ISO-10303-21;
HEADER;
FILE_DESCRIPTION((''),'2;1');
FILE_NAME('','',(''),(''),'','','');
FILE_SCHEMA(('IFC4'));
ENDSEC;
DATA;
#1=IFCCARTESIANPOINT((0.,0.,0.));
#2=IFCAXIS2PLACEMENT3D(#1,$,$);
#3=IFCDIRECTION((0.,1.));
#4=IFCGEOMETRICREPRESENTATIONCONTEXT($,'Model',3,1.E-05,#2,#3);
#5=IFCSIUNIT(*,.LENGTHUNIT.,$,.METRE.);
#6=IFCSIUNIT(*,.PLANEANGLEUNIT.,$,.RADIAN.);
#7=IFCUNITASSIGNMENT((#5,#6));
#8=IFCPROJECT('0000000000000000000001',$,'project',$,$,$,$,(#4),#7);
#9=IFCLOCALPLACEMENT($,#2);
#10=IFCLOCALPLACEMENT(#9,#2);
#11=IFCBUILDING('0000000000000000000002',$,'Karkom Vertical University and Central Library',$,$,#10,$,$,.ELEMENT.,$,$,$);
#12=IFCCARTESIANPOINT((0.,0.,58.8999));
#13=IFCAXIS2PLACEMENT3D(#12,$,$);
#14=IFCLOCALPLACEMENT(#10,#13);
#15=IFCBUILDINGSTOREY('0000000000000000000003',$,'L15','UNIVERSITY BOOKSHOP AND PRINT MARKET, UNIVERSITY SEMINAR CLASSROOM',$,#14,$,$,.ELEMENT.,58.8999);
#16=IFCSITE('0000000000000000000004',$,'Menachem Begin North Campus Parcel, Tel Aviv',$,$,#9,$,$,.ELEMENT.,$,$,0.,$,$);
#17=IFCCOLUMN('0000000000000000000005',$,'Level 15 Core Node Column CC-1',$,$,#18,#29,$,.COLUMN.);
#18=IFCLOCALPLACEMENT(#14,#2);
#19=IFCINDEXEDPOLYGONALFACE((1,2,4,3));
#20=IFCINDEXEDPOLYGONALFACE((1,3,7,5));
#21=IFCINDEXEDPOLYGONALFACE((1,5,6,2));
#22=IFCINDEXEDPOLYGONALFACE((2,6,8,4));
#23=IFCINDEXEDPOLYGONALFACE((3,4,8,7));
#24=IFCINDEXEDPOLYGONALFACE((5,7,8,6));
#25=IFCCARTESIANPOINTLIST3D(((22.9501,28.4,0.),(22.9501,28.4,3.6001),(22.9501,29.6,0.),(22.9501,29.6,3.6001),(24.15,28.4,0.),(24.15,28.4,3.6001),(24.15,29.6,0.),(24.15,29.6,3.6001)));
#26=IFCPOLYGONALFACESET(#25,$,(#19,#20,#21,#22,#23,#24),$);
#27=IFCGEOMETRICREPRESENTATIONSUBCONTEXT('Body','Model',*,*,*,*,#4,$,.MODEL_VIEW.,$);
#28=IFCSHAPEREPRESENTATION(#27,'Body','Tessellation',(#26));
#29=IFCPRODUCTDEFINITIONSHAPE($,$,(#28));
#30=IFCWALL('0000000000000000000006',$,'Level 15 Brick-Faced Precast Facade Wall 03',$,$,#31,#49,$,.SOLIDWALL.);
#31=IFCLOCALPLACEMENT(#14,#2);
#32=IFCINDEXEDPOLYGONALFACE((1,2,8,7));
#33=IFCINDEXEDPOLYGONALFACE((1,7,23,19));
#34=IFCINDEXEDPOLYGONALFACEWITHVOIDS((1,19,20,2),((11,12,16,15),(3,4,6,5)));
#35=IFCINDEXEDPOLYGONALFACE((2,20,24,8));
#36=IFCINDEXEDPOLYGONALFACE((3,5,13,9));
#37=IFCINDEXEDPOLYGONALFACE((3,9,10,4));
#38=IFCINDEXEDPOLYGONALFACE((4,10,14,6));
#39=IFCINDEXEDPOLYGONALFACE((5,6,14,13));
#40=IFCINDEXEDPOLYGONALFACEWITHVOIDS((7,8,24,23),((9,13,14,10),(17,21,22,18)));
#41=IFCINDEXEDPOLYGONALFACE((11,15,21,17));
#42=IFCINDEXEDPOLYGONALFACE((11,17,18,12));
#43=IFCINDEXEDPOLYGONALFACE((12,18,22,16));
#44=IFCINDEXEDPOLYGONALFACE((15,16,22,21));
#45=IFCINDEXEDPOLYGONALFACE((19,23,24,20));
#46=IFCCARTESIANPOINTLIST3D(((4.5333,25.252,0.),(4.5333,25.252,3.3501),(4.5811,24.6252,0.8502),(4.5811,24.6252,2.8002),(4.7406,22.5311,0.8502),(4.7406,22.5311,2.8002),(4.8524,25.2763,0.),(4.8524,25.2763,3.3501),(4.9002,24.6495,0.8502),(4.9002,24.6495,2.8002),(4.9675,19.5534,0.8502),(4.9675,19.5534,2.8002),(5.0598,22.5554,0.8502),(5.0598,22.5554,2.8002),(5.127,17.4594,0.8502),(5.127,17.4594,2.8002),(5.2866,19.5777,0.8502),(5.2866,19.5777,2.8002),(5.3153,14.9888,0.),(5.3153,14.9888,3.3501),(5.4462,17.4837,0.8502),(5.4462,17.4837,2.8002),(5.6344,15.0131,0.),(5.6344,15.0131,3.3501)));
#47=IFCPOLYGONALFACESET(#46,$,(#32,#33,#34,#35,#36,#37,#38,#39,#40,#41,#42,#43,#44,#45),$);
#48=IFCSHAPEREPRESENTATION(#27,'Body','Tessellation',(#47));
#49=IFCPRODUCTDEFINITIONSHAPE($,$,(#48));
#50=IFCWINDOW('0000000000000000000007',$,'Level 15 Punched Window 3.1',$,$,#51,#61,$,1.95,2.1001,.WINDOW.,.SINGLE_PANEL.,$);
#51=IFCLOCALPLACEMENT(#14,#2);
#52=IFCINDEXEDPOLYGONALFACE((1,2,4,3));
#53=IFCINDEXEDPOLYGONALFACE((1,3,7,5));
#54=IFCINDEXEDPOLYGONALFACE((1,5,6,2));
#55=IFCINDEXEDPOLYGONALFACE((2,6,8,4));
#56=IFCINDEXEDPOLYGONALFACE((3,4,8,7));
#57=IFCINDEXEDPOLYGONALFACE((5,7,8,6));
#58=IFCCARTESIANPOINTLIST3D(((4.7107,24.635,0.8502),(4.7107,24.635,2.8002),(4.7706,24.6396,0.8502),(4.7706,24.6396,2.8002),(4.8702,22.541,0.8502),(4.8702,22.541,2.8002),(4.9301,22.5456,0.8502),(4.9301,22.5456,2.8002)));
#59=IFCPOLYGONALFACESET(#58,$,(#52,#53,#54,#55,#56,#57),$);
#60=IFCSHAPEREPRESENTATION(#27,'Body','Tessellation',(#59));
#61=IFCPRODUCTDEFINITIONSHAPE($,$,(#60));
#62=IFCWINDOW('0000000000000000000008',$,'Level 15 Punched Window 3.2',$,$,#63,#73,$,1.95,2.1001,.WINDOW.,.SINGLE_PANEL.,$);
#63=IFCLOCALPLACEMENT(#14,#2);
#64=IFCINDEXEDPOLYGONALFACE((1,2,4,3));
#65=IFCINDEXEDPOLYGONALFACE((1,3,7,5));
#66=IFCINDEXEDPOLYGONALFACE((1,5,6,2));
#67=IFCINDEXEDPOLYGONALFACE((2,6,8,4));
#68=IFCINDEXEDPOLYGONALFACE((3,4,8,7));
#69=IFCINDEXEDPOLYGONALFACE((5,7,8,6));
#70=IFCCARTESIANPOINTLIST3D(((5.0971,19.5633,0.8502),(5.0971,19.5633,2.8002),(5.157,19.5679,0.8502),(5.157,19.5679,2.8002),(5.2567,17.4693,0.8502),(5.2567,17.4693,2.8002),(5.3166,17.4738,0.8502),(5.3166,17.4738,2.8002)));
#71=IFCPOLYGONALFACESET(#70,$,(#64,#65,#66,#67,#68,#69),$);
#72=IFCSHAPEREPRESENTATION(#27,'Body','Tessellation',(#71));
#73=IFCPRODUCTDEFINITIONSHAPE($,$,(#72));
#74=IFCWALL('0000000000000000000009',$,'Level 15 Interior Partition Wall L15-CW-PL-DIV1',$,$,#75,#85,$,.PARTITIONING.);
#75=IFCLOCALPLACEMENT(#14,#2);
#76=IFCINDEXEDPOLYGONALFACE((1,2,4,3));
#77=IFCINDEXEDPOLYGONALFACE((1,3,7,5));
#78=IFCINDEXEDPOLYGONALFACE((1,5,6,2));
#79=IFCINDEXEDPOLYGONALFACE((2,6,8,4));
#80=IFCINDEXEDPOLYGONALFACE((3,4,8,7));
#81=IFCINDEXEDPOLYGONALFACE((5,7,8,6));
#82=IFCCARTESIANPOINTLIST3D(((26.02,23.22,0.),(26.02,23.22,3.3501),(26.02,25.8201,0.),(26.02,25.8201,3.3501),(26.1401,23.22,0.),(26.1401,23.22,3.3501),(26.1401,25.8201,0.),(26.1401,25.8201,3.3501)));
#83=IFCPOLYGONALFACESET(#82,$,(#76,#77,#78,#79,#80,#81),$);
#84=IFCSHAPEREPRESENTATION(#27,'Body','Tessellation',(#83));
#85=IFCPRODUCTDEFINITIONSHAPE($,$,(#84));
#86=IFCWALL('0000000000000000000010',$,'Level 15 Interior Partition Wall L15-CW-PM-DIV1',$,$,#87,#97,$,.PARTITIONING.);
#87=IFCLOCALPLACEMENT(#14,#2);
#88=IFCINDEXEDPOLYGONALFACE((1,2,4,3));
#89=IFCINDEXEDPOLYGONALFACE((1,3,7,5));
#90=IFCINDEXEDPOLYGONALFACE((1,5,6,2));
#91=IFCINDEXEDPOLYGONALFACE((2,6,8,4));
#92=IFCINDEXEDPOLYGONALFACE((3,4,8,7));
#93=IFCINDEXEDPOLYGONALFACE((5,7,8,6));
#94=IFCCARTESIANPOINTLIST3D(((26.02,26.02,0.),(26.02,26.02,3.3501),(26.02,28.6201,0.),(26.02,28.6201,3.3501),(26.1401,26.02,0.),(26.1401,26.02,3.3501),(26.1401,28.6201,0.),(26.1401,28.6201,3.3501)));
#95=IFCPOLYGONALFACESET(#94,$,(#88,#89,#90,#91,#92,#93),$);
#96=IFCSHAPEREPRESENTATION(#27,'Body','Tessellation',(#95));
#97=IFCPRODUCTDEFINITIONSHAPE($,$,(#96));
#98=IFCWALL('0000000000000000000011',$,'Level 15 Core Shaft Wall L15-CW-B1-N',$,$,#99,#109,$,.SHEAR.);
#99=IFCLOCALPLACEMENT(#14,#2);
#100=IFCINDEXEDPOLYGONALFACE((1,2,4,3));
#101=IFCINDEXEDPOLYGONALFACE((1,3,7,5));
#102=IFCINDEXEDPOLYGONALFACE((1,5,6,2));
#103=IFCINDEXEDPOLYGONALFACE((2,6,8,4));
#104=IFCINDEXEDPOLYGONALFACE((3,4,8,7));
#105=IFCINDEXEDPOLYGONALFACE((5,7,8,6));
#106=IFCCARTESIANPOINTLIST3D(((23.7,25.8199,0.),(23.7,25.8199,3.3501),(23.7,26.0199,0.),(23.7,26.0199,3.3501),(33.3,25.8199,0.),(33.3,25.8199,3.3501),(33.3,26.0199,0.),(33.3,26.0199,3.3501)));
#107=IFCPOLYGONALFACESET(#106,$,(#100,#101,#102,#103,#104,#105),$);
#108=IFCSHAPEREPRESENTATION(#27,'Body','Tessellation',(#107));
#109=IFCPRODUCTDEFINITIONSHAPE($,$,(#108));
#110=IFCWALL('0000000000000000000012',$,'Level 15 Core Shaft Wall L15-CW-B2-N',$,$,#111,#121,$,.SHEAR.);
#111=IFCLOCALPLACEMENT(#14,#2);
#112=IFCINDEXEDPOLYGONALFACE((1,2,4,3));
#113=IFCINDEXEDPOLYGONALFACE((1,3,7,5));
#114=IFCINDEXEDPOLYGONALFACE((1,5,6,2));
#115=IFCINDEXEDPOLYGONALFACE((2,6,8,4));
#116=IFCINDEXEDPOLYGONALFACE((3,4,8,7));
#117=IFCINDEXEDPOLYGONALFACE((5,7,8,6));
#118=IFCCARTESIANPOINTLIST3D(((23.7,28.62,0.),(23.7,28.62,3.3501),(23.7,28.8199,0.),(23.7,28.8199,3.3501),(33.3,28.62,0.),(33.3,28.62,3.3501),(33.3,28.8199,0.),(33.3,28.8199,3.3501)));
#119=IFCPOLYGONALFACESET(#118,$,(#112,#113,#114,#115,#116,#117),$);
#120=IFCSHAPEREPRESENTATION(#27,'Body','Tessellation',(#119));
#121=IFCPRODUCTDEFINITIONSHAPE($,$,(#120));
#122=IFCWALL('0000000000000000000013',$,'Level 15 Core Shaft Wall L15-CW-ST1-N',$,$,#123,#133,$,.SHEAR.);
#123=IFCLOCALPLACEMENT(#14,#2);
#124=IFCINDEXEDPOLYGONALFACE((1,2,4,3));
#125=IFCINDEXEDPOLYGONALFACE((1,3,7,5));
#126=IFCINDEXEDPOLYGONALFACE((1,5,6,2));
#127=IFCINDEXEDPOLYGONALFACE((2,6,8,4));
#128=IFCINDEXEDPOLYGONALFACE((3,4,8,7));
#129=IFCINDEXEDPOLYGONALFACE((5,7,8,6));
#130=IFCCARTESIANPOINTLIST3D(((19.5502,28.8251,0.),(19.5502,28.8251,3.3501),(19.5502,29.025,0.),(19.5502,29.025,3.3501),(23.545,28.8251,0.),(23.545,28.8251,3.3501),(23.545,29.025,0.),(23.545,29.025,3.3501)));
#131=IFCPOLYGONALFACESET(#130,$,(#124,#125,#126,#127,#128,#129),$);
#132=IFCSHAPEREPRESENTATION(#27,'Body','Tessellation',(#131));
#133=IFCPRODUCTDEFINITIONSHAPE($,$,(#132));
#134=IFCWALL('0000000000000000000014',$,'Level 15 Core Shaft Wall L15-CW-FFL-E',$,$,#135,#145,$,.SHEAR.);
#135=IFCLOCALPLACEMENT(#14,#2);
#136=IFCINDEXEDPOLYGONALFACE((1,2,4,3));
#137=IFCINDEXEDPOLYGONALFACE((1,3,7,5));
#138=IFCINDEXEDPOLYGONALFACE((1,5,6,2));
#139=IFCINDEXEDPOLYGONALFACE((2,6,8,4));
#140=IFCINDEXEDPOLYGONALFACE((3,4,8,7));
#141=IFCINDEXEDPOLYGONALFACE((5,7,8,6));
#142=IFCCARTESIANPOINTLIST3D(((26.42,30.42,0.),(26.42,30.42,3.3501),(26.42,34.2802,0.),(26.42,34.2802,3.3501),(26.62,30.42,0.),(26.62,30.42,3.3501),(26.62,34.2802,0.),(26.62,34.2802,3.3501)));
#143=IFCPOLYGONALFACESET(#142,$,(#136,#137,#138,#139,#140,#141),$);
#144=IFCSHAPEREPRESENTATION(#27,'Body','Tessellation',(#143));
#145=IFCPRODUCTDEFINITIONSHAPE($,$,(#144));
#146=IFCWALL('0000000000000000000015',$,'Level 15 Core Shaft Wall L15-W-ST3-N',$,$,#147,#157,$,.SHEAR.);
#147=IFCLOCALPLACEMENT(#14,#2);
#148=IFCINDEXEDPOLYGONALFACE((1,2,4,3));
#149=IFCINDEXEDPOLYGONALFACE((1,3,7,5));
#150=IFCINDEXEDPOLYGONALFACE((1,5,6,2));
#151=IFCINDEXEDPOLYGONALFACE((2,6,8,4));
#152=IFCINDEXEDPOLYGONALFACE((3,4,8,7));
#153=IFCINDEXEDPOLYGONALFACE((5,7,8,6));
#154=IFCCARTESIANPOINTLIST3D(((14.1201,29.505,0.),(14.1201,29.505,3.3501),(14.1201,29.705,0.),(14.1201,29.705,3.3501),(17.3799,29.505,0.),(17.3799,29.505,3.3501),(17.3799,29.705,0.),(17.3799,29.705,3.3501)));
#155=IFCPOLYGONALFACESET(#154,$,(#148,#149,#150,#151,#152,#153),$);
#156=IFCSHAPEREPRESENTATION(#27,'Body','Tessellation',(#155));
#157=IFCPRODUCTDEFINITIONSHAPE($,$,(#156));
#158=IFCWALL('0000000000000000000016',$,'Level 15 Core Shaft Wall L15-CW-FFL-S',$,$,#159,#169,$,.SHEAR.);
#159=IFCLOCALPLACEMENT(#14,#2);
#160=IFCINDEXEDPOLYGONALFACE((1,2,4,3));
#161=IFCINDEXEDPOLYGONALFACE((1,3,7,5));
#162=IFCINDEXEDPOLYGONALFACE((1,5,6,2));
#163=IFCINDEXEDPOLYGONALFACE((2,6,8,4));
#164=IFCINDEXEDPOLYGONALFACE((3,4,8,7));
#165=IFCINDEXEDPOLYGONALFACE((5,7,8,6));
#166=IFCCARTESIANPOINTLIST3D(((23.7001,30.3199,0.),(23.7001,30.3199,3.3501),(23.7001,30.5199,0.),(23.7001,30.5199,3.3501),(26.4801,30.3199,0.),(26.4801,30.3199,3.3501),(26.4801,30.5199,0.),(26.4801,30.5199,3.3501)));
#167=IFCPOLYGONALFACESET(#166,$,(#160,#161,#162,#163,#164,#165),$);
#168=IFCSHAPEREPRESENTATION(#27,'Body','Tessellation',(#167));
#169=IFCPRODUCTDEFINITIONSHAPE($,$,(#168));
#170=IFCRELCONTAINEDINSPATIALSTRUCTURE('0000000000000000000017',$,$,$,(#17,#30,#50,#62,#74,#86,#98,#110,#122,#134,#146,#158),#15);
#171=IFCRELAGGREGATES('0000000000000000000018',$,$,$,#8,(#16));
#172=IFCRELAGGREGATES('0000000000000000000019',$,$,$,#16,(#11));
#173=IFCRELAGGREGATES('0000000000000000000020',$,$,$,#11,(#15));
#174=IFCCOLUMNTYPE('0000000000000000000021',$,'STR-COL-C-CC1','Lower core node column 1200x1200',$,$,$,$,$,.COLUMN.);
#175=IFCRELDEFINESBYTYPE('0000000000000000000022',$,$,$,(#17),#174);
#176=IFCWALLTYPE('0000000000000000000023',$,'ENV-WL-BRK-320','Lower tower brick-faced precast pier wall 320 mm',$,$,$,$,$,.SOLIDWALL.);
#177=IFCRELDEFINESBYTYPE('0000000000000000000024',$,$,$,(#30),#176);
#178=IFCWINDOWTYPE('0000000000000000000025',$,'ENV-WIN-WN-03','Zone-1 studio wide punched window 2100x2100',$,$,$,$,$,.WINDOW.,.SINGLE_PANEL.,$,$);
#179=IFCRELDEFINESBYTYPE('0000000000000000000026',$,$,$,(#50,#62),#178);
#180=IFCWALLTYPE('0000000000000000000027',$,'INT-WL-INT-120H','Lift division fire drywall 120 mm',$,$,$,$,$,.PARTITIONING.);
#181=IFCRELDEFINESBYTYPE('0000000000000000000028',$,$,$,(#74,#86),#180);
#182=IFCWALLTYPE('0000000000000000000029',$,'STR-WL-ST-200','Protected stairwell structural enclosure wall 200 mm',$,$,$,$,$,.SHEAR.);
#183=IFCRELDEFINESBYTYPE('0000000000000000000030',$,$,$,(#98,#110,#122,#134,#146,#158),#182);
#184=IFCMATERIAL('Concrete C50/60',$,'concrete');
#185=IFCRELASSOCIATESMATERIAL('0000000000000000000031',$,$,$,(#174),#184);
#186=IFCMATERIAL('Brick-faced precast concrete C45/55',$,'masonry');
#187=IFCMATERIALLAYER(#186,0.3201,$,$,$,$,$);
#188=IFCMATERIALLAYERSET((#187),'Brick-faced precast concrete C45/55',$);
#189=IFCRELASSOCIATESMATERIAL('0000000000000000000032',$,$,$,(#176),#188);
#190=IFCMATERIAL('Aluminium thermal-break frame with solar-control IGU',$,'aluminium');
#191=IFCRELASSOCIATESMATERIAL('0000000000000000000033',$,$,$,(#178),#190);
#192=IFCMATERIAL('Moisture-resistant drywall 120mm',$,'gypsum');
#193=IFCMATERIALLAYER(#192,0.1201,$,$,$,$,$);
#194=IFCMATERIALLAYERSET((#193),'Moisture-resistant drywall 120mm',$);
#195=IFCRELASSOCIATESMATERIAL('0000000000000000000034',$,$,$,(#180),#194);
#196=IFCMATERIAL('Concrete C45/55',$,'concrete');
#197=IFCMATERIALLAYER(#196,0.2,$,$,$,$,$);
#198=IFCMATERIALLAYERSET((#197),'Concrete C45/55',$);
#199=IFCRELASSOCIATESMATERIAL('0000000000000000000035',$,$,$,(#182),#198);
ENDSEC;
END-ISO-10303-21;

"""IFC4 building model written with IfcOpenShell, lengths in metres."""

from ifc_helpers import new_model, si_unit, direction, frame, frame_2d, origin, origin_with_axes, origin_2d, place, context, subcontext, project, spatial, rectangle, extrude, source, transform, mapped, material, layer, layer_set, material_profile, profile_set, type_object, element, fill, save


model = new_model("IFC4")

# Units and contexts
model_context = context("Model", 3, precision=1e-05, world=origin(), true_north=direction((0.0, 1.0)))
body_context = subcontext(model_context, "Body", "Model", "MODEL_VIEW")
ifc_project = project(units=[si_unit("LENGTHUNIT", "METRE"), si_unit("PLANEANGLEUNIT", "RADIAN")], contexts=[model_context])

# Site, building, storey
site_placement = place(None, origin())
site = spatial("IfcSite", under=ifc_project, at=site_placement, Name="Menachem Begin North Campus Parcel, Tel Aviv", CompositionType="ELEMENT", RefElevation=0.0)
building_placement = place(site_placement, origin())
building = spatial("IfcBuilding", under=site, at=building_placement, Name="Karkom Vertical University and Central Library", CompositionType="ELEMENT")
storey_placement = place(building_placement, frame((0.0, 0.0, 58.8999)))
storey = spatial("IfcBuildingStorey", under=building, at=storey_placement, Name="L15", Description="UNIVERSITY BOOKSHOP AND PRINT MARKET, UNIVERSITY SEMINAR CLASSROOM", CompositionType="ELEMENT", Elevation=58.8999)

# Column
ifc_material_1 = material(Name="Concrete C50/60", Category="concrete")
ifc_material_profile = material_profile(ifc_material_1, rectangle(XDim=1.2, YDim=1.2, at=origin_2d()), Name="RC-1200x1200")
ifc_profile_set = profile_set([ifc_material_profile], Name="Concrete C50/60")
column_type = type_object("IfcColumnType", Name="STR-COL-C-CC1", Description="Lower core node column 1200x1200", PredefinedType="COLUMN", material=ifc_profile_set)
shared_shape_1 = source(origin_with_axes(), body_context, "Body", "SweptSolid", [
    extrude(rectangle(XDim=1.2, YDim=1.2, at=origin_2d()), origin(), (0.0, 0.0, 1.0), 3.6001),
])
column_placement = place(storey_placement, frame((23.55, 29.0, 0.0), z_axis=(0.0, 0.0, 1.0), x_axis=(1.0, 0.0, 0.0)))
element("IfcColumn", 1, at=column_placement, inside=storey, type_object=column_type, Name="Level 15 Core Node Column CC-1", PredefinedType="COLUMN", context=body_context, shape_type="MappedRepresentation", body=[
    mapped(shared_shape_1, transform((0.0, 0.0, 0.0), scale=1.0)),
])

# Wall, openings, windows
ifc_material_2 = material(Name="Brick-faced precast concrete C45/55", Category="masonry")
ifc_layer_1 = layer(ifc_material_2, 0.3201)
ifc_layer_set_1 = layer_set([ifc_layer_1], Name="Brick-faced precast concrete C45/55")
wall_type_1 = type_object("IfcWallType", Name="ENV-WL-BRK-320", Description="Lower tower brick-faced precast pier wall 320 mm", PredefinedType="SOLIDWALL", material=ifc_layer_set_1)
wall_1_placement = place(storey_placement, frame((4.6929, 25.2642, 0.0), z_axis=(0.0, 0.0, 1.0), x_axis=(0.075973, -0.99711, 0.0)))
wall_1 = element("IfcWall", 2, at=wall_1_placement, inside=storey, type_object=wall_type_1, Name="Level 15 Brick-Faced Precast Facade Wall 03", PredefinedType="SOLIDWALL", context=body_context, shape_type="SweptSolid", body=[
    extrude(rectangle(XDim=10.293, YDim=0.3201, at=frame_2d((5.1465, 0.0))), origin(), (0.0, 0.0, 1.0), 3.3501),
])
opening_1_placement = place(wall_1_placement, frame((0.6287, 0.0, 0.8501)))
opening_1 = element("IfcOpeningElement", 3, at=opening_1_placement, cuts=wall_1, PredefinedType="OPENING", context=body_context, shape_type="SweptSolid", body=[
    extrude(rectangle(XDim=2.1001, YDim=1.95, at=frame_2d((1.05, 0.9751))), frame((0.0, 0.1699, 0.0), z_axis=(0.0, -1.0, 0.0), x_axis=(1.0, 0.0, 0.0)), (0.0, 0.0, 1.0), 0.3401),
])
opening_2_placement = place(wall_1_placement, frame((5.7151, 0.0, 0.8501)))
opening_2 = element("IfcOpeningElement", 4, at=opening_2_placement, cuts=wall_1, PredefinedType="OPENING", context=body_context, shape_type="SweptSolid", body=[
    extrude(rectangle(XDim=2.1001, YDim=1.95, at=frame_2d((1.05, 0.9751))), frame((0.0, 0.1699, 0.0), z_axis=(0.0, -1.0, 0.0), x_axis=(1.0, 0.0, 0.0)), (0.0, 0.0, 1.0), 0.3401),
])
ifc_material_3 = material(Name="Aluminium thermal-break frame with solar-control IGU", Category="aluminium")
window_type = type_object("IfcWindowType", Name="ENV-WIN-WN-03", Description="Zone-1 studio wide punched window 2100x2100", PartitioningType="SINGLE_PANEL", PredefinedType="WINDOW", material=ifc_material_3)
shared_shape_2 = source(origin_with_axes(), body_context, "Body", "SweptSolid", [
    extrude(rectangle(XDim=2.1001, YDim=1.95, at=frame_2d((1.05, 0.9751))), frame((0.0, 0.03, 0.0), z_axis=(0.0, -1.0, 0.0), x_axis=(1.0, 0.0, 0.0)), (0.0, 0.0, 1.0), 0.0601),
])
window_1_placement = place(opening_1_placement, origin())
window_1 = element("IfcWindow", 5, at=window_1_placement, inside=storey, type_object=window_type, Name="Level 15 Punched Window 3.1", OverallHeight=1.95, OverallWidth=2.1001, PartitioningType="SINGLE_PANEL", PredefinedType="WINDOW", context=body_context, shape_type="MappedRepresentation", body=[
    mapped(shared_shape_2, transform((0.0, 0.0, 0.0), scale=1.0)),
])
fill(opening_1, window_1)
window_2_placement = place(opening_2_placement, origin())
window_2 = element("IfcWindow", 6, at=window_2_placement, inside=storey, type_object=window_type, Name="Level 15 Punched Window 3.2", OverallHeight=1.95, OverallWidth=2.1001, PartitioningType="SINGLE_PANEL", PredefinedType="WINDOW", context=body_context, shape_type="MappedRepresentation", body=[
    mapped(shared_shape_2, transform((0.0, 0.0, 0.0), scale=1.0)),
])
fill(opening_2, window_2)

# Walls
ifc_material_4 = material(Name="Moisture-resistant drywall 120mm", Category="gypsum")
ifc_layer_2 = layer(ifc_material_4, 0.1201)
ifc_layer_set_2 = layer_set([ifc_layer_2], Name="Moisture-resistant drywall 120mm")
wall_type_2 = type_object("IfcWallType", Name="INT-WL-INT-120H", Description="Lift division fire drywall 120 mm", PredefinedType="PARTITIONING", material=ifc_layer_set_2)
for number, where, z_axis, x_axis, name in (
    (7, (26.0801, 23.22, 0.0), (0.0, 0.0, 1.0), (0.0, 1.0, 0.0), "Level 15 Interior Partition Wall L15-CW-PL-DIV1"),
    (8, (26.0801, 26.02, 0.0), (0.0, 0.0, 1.0), (0.0, 1.0, 0.0), "Level 15 Interior Partition Wall L15-CW-PM-DIV1"),
):
    element("IfcWall", number, at=place(storey_placement, frame(where, z_axis=z_axis, x_axis=x_axis)), inside=storey, type_object=wall_type_2, Name=name, PredefinedType="PARTITIONING", context=body_context, shape_type="SweptSolid", body=[
        extrude(rectangle(XDim=2.6001, YDim=0.1201, at=frame_2d((1.3, 0.0))), origin(), (0.0, 0.0, 1.0), 3.3501),
    ])

# Shared definitions
ifc_material_5 = material(Name="Concrete C45/55", Category="concrete")
ifc_layer_3 = layer(ifc_material_5, 0.2)
ifc_layer_set_3 = layer_set([ifc_layer_3], Name="Concrete C45/55")
wall_type_3 = type_object("IfcWallType", Name="STR-WL-ST-200", Description="Protected stairwell structural enclosure wall 200 mm", PredefinedType="SHEAR", material=ifc_layer_set_3)

# Walls
for number, where, z_axis, x_axis, name in (
    (9, (23.7, 25.9199, 0.0), (0.0, 0.0, 1.0), (1.0, 0.0, 0.0), "Level 15 Core Shaft Wall L15-CW-B1-N"),
    (10, (23.7, 28.72, 0.0), (0.0, 0.0, 1.0), (1.0, 0.0, 0.0), "Level 15 Core Shaft Wall L15-CW-B2-N"),
):
    element("IfcWall", number, at=place(storey_placement, frame(where, z_axis=z_axis, x_axis=x_axis)), inside=storey, type_object=wall_type_3, Name=name, PredefinedType="SHEAR", context=body_context, shape_type="SweptSolid", body=[
        extrude(rectangle(XDim=9.6001, YDim=0.2, at=frame_2d((4.8, 0.0))), origin(), (0.0, 0.0, 1.0), 3.3501),
    ])
wall_2_placement = place(storey_placement, frame((19.55, 28.925, 0.0), z_axis=(0.0, 0.0, 1.0), x_axis=(1.0, 0.0, 0.0)))
element("IfcWall", 11, at=wall_2_placement, inside=storey, type_object=wall_type_3, Name="Level 15 Core Shaft Wall L15-CW-ST1-N", PredefinedType="SHEAR", context=body_context, shape_type="SweptSolid", body=[
    extrude(rectangle(XDim=3.9949, YDim=0.2, at=frame_2d((1.9976, 0.0))), origin(), (0.0, 0.0, 1.0), 3.3501),
])
wall_3_placement = place(storey_placement, frame((26.52, 30.4199, 0.0), z_axis=(0.0, 0.0, 1.0), x_axis=(0.0, 1.0, 0.0)))
element("IfcWall", 12, at=wall_3_placement, inside=storey, type_object=wall_type_3, Name="Level 15 Core Shaft Wall L15-CW-FFL-E", PredefinedType="SHEAR", context=body_context, shape_type="SweptSolid", body=[
    extrude(rectangle(XDim=3.8601, YDim=0.2, at=frame_2d((1.9302, 0.0))), origin(), (0.0, 0.0, 1.0), 3.3501),
])
wall_4_placement = place(storey_placement, frame((14.1201, 29.605, 0.0), z_axis=(0.0, 0.0, 1.0), x_axis=(1.0, 0.0, 0.0)))
element("IfcWall", 13, at=wall_4_placement, inside=storey, type_object=wall_type_3, Name="Level 15 Core Shaft Wall L15-W-ST3-N", PredefinedType="SHEAR", context=body_context, shape_type="SweptSolid", body=[
    extrude(rectangle(XDim=3.2598, YDim=0.2, at=frame_2d((1.6299, 0.0))), origin(), (0.0, 0.0, 1.0), 3.3501),
])
wall_5_placement = place(storey_placement, frame((23.7, 30.4199, 0.0), z_axis=(0.0, 0.0, 1.0), x_axis=(1.0, 0.0, 0.0)))
element("IfcWall", 14, at=wall_5_placement, inside=storey, type_object=wall_type_3, Name="Level 15 Core Shaft Wall L15-CW-FFL-S", PredefinedType="SHEAR", context=body_context, shape_type="SweptSolid", body=[
    extrude(rectangle(XDim=2.78, YDim=0.2, at=frame_2d((1.3901, 0.0))), origin(), (0.0, 0.0, 1.0), 3.3501),
])

save(model, "model.ifc")
